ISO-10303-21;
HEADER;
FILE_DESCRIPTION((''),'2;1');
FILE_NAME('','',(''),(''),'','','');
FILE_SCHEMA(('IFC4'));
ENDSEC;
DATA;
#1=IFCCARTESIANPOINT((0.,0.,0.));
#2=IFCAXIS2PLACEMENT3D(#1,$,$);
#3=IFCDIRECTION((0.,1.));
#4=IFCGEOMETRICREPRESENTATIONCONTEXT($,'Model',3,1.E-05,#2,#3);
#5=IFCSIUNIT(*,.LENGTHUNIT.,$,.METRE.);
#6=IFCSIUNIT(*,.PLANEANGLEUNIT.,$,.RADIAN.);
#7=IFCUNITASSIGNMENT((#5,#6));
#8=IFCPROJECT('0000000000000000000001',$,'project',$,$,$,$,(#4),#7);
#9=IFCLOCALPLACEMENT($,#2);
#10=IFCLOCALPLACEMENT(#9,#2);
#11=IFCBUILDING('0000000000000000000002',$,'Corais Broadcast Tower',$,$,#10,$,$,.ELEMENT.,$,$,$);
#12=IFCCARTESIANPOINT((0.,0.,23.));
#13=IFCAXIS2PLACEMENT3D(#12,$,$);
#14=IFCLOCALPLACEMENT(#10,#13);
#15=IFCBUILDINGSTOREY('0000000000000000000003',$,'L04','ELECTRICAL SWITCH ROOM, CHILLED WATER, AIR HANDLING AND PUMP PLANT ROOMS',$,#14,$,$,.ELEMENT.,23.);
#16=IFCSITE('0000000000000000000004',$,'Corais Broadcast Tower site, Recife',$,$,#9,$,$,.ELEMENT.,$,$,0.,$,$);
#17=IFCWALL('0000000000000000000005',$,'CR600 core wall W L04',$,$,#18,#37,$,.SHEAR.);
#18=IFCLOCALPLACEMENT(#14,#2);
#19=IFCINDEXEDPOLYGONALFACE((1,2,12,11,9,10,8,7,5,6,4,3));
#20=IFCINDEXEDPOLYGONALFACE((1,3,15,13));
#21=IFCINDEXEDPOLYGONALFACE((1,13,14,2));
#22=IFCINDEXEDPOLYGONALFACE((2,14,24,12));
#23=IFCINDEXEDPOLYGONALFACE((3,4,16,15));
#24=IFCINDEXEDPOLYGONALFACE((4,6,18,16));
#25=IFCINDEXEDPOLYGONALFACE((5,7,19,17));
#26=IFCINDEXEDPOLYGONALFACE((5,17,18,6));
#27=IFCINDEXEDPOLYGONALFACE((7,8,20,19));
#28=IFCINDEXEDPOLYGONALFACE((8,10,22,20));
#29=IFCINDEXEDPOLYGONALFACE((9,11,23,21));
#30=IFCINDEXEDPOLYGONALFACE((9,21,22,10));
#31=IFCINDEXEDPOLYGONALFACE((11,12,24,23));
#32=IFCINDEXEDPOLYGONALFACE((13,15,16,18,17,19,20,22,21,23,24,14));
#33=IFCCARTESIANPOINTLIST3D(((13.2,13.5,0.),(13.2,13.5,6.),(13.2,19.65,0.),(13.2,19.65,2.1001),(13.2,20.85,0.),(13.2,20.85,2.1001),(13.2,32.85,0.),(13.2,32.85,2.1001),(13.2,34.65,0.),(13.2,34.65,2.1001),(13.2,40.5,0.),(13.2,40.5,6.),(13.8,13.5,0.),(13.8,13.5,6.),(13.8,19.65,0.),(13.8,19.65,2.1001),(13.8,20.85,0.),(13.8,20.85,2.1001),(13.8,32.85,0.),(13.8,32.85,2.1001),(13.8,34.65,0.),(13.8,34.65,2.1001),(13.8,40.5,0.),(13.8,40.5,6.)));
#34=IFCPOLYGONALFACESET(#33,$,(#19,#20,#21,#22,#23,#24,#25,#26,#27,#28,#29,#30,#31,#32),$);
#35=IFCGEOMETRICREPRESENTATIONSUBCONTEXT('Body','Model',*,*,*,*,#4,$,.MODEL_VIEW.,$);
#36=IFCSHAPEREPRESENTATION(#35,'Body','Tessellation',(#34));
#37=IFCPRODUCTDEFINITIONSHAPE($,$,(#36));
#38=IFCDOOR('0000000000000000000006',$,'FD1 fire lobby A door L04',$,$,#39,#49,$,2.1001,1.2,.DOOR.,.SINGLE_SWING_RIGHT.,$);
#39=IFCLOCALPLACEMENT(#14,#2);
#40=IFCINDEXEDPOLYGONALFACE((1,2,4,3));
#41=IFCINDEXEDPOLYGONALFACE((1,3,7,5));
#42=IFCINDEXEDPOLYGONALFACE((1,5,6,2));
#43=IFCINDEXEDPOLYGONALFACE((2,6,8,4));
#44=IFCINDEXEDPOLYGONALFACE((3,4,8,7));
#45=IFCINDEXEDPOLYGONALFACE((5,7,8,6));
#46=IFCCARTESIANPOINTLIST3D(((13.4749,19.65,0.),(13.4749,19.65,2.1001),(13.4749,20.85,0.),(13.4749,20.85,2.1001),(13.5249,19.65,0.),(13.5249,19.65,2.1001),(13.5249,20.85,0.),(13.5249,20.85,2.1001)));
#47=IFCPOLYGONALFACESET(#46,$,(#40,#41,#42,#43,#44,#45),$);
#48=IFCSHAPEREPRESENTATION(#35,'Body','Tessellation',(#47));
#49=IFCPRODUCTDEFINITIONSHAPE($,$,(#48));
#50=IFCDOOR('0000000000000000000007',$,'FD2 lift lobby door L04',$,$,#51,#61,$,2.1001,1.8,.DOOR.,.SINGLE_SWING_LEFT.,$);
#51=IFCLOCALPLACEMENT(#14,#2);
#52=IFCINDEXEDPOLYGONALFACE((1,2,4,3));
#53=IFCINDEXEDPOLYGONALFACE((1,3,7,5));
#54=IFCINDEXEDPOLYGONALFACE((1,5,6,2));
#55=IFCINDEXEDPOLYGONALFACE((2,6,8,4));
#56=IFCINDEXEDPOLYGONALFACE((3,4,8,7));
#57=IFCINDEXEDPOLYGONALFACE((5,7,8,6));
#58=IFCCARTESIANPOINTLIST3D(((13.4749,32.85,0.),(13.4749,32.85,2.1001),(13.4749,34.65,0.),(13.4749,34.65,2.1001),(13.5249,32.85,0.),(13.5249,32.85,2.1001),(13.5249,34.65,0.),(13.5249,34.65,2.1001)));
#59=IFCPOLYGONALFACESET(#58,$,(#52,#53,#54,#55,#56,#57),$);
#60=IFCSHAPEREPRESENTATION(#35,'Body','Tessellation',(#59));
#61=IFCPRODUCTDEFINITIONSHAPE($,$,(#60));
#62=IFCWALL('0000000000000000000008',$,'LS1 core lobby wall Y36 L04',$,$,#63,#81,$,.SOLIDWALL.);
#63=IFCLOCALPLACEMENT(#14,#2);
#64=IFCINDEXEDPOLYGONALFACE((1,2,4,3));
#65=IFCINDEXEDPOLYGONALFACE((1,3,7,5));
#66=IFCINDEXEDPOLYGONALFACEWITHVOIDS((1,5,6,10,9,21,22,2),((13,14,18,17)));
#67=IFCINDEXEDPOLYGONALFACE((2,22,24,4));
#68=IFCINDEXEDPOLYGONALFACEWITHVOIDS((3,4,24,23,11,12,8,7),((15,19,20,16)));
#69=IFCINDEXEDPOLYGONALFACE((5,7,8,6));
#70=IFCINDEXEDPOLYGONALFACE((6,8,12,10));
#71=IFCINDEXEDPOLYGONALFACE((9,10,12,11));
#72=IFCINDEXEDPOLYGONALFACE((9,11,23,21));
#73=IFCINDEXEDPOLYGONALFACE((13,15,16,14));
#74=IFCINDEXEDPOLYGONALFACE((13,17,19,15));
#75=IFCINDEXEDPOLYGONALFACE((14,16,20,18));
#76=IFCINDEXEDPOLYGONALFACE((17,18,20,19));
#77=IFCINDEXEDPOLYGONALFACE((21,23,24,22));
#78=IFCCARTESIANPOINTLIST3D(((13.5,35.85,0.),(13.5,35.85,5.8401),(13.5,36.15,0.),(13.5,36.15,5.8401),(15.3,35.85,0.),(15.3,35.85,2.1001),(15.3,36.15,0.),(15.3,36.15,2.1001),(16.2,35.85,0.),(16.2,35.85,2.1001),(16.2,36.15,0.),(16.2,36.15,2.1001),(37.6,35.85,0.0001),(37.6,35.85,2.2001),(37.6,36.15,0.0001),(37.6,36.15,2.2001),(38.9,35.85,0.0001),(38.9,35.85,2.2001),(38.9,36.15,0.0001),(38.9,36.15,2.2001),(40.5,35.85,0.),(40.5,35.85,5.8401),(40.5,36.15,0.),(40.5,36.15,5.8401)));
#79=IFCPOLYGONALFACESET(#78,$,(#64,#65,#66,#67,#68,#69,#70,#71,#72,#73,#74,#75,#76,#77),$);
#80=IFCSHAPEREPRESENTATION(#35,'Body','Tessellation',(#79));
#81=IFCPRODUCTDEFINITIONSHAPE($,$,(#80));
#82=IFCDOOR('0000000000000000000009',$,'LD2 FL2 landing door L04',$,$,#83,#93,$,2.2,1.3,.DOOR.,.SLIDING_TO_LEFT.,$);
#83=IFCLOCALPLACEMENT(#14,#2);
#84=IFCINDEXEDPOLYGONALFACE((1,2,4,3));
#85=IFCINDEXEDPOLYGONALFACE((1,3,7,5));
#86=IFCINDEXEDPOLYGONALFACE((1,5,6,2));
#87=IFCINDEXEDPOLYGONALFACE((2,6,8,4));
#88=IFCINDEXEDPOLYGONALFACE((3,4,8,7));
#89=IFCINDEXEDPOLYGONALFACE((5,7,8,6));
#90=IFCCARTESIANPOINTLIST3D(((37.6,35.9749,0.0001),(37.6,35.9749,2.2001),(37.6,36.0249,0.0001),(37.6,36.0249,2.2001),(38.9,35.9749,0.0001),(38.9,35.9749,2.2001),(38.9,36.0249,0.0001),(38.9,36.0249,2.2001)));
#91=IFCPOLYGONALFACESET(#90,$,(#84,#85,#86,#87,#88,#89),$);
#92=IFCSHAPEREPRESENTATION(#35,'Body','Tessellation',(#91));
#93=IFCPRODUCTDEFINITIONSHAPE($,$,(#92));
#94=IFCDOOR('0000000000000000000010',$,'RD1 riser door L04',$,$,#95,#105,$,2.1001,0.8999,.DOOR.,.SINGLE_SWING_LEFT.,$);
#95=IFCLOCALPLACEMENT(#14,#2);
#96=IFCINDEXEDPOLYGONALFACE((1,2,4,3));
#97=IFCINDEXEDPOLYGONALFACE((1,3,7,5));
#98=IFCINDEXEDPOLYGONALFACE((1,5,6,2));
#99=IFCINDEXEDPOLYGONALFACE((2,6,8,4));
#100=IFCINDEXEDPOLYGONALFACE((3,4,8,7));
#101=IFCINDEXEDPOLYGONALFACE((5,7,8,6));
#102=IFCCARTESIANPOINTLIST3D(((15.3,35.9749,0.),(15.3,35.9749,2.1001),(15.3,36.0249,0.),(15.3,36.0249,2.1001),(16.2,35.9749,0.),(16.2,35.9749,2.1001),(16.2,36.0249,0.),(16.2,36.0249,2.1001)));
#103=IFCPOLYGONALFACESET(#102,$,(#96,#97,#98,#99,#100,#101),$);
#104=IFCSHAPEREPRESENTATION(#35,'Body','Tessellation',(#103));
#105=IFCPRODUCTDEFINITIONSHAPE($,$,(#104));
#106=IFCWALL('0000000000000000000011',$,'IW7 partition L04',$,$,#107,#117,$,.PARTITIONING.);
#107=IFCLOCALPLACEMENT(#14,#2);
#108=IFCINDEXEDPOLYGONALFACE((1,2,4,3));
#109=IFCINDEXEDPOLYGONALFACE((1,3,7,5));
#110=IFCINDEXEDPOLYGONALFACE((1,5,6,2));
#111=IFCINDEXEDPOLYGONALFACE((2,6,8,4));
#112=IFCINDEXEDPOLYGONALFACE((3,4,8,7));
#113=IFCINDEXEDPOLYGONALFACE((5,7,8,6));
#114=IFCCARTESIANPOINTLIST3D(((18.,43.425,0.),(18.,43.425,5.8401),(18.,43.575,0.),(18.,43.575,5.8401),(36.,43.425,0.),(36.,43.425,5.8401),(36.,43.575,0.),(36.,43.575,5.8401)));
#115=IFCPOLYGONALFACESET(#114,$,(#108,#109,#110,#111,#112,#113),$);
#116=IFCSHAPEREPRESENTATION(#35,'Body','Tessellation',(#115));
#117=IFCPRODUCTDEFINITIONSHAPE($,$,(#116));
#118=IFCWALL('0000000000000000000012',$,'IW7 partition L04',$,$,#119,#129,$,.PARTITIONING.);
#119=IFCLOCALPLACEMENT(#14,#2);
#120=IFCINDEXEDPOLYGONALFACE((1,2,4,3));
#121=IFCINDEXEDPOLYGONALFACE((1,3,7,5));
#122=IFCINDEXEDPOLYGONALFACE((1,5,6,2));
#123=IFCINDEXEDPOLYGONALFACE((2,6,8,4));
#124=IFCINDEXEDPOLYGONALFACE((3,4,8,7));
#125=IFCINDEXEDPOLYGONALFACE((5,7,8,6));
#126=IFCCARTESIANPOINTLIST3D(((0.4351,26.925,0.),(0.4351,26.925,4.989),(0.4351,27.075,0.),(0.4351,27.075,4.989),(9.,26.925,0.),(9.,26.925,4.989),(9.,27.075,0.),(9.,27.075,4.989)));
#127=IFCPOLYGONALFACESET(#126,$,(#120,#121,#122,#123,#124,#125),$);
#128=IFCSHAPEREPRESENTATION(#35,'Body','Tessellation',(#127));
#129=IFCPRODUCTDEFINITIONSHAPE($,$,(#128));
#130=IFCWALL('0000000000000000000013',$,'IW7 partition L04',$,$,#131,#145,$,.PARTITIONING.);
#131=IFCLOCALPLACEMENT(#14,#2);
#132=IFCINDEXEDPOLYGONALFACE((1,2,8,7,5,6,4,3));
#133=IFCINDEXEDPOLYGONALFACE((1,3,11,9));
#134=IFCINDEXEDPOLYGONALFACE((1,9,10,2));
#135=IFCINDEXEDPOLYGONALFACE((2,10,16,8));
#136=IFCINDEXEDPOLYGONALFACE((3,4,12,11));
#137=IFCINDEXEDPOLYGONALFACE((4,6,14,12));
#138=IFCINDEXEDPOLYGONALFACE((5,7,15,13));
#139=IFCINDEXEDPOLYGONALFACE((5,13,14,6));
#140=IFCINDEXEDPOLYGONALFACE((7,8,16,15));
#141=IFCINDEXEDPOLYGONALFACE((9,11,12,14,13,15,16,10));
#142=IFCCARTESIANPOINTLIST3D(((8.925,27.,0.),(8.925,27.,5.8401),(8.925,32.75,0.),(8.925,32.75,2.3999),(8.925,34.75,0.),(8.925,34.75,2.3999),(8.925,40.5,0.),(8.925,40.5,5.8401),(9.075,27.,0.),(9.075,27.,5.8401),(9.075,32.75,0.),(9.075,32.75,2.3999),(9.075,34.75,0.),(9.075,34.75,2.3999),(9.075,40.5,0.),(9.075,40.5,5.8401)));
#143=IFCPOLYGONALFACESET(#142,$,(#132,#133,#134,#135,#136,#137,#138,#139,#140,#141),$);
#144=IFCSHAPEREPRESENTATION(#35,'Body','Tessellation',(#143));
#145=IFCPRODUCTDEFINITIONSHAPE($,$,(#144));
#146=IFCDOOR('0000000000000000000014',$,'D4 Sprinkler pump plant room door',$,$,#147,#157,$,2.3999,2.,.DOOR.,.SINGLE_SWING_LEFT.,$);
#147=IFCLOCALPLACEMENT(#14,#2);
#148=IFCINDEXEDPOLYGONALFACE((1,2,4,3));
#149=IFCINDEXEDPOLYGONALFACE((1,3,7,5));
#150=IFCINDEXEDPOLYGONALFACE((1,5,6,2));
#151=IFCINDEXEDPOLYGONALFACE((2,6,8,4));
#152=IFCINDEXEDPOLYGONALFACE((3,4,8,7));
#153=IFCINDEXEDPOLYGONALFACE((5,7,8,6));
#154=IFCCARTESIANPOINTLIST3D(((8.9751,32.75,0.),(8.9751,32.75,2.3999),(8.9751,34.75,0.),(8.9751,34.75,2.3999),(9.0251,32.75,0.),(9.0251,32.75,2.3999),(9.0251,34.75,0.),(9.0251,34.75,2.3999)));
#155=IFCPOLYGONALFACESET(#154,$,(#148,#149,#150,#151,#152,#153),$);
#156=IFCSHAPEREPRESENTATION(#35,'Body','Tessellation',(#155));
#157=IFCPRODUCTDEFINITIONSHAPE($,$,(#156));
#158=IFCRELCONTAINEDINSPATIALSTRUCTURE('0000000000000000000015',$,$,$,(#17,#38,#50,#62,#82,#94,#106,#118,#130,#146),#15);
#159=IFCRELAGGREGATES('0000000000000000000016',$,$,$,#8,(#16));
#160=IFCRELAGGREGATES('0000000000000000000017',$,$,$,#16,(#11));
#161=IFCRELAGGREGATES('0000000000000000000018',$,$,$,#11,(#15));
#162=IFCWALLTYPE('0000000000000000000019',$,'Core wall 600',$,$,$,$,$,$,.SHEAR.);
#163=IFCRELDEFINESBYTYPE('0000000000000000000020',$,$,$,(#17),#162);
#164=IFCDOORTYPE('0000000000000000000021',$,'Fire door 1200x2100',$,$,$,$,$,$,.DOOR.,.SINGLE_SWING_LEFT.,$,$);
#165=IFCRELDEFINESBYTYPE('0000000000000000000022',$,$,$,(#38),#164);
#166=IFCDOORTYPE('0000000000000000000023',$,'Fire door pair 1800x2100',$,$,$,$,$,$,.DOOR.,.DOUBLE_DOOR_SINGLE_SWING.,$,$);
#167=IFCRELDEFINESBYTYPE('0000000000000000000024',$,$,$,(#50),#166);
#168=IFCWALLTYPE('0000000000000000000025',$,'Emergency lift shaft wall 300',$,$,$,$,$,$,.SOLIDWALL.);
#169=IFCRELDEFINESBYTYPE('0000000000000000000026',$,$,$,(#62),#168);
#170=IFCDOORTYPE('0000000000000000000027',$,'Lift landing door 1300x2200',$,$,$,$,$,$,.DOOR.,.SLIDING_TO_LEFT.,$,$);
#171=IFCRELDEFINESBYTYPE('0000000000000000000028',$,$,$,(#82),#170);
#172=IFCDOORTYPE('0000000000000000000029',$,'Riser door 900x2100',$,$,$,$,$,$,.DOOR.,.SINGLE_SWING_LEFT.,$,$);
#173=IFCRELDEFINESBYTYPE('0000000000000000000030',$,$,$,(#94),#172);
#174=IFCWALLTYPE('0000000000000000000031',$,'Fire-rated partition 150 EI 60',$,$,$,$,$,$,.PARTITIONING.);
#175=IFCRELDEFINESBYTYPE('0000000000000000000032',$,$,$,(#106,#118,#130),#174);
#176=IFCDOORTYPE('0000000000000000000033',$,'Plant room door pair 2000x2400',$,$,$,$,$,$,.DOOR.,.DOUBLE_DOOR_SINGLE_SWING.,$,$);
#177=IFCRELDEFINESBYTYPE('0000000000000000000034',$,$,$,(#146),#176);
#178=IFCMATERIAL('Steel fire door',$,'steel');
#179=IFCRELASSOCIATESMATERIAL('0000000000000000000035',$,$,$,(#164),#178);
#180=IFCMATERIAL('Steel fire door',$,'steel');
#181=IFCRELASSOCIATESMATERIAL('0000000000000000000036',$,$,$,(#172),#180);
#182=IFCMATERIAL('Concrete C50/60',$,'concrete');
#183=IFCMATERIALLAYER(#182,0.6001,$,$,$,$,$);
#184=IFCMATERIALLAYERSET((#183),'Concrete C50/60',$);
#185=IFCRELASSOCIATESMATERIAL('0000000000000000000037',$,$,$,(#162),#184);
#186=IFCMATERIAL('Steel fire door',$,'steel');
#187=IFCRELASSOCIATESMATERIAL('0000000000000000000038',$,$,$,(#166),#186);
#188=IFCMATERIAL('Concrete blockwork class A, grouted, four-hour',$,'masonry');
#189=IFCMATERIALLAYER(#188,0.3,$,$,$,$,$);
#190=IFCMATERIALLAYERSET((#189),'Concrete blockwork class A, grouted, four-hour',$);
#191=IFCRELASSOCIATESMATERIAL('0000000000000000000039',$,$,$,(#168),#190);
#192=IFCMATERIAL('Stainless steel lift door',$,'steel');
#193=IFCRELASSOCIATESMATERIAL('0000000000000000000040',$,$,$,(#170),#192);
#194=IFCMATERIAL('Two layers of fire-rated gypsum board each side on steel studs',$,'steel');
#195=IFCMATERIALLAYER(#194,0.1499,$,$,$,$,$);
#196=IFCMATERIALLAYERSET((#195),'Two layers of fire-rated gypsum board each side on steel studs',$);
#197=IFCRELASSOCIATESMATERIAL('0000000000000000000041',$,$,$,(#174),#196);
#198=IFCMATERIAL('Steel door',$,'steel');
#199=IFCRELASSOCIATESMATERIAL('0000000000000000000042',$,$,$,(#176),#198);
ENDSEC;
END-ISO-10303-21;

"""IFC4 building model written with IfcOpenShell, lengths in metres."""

from ifc_helpers import new_model, si_unit, direction, frame, frame_2d, origin, place, context, subcontext, project, spatial, rectangle, extrude, material, layer, layer_set, type_object, element, fill, save


model = new_model("IFC4")

# Units and contexts
model_context = context("Model", 3, precision=1e-05, world=origin(), true_north=direction((0.0, 1.0)))
body_context = subcontext(model_context, "Body", "Model", "MODEL_VIEW")
ifc_project = project(units=[si_unit("LENGTHUNIT", "METRE"), si_unit("PLANEANGLEUNIT", "RADIAN")], contexts=[model_context])

# Site, building, storey
site_placement = place(None, origin())
site = spatial("IfcSite", under=ifc_project, at=site_placement, Name="Corais Broadcast Tower site, Recife", CompositionType="ELEMENT", RefElevation=0.0)
building_placement = place(site_placement, origin())
building = spatial("IfcBuilding", under=site, at=building_placement, Name="Corais Broadcast Tower", CompositionType="ELEMENT")
storey_placement = place(building_placement, frame((0.0, 0.0, 23.0)))
storey = spatial("IfcBuildingStorey", under=building, at=storey_placement, Name="L04", Description="ELECTRICAL SWITCH ROOM, CHILLED WATER, AIR HANDLING AND PUMP PLANT ROOMS", CompositionType="ELEMENT", Elevation=23.0)

# Walls, openings, doors
ifc_material_1 = material(Name="Steel fire door", Category="steel")
door_type_1 = type_object("IfcDoorType", Name="Fire door 1200x2100", OperationType="SINGLE_SWING_LEFT", PredefinedType="DOOR", material=ifc_material_1)
ifc_material_2 = material(Name="Steel fire door", Category="steel")
door_type_2 = type_object("IfcDoorType", Name="Riser door 900x2100", OperationType="SINGLE_SWING_LEFT", PredefinedType="DOOR", material=ifc_material_2)
ifc_material_3 = material(Name="Concrete C50/60", Category="concrete")
ifc_layer_1 = layer(ifc_material_3, 0.6001)
ifc_layer_set_1 = layer_set([ifc_layer_1], Name="Concrete C50/60")
wall_type_1 = type_object("IfcWallType", Name="Core wall 600", PredefinedType="SHEAR", material=ifc_layer_set_1)
wall_1_placement = place(storey_placement, frame((13.5, 40.5, 0.0), z_axis=(0.0, 0.0, 1.0), x_axis=(0.0, -1.0, 0.0)))
wall_1 = element("IfcWall", 1, at=wall_1_placement, inside=storey, type_object=wall_type_1, Name="CR600 core wall W L04", PredefinedType="SHEAR", context=body_context, shape_type="SweptSolid", body=[
    extrude(rectangle(XDim=27.0, YDim=0.6001, at=frame_2d((13.5, 0.0))), origin(), (0.0, 0.0, 1.0), 6.0),
])
opening_1_placement = place(wall_1_placement, frame((19.6499, 0.0, 0.0)))
opening_1 = element("IfcOpeningElement", 2, at=opening_1_placement, cuts=wall_1, PredefinedType="OPENING", context=body_context, shape_type="SweptSolid", body=[
    extrude(rectangle(XDim=1.2, YDim=2.1001, at=frame_2d((0.6001, 1.05))), frame((0.0, 0.3101, 0.0), z_axis=(0.0, -1.0, 0.0), x_axis=(1.0, 0.0, 0.0)), (0.0, 0.0, 1.0), 0.6201),
])
opening_2_placement = place(wall_1_placement, frame((5.8501, 0.0, 0.0)))
opening_2 = element("IfcOpeningElement", 3, at=opening_2_placement, cuts=wall_1, PredefinedType="OPENING", context=body_context, shape_type="SweptSolid", body=[
    extrude(rectangle(XDim=1.8, YDim=2.1001, at=frame_2d((0.8999, 1.05))), frame((0.0, 0.3101, 0.0), z_axis=(0.0, -1.0, 0.0), x_axis=(1.0, 0.0, 0.0)), (0.0, 0.0, 1.0), 0.6201),
])
door_1_placement = place(opening_1_placement, origin())
door_1 = element("IfcDoor", 4, at=door_1_placement, inside=storey, type_object=door_type_1, Name="FD1 fire lobby A door L04", OperationType="SINGLE_SWING_RIGHT", OverallHeight=2.1001, OverallWidth=1.2, PredefinedType="DOOR", context=body_context, shape_type="SweptSolid", body=[
    extrude(rectangle(XDim=1.2, YDim=2.1001, at=frame_2d((0.6001, 1.05))), frame((0.0, 0.0249, 0.0), z_axis=(0.0, -1.0, 0.0), x_axis=(1.0, 0.0, 0.0)), (0.0, 0.0, 1.0), 0.05),
])
fill(opening_1, door_1)
ifc_material_4 = material(Name="Steel fire door", Category="steel")
door_type_3 = type_object("IfcDoorType", Name="Fire door pair 1800x2100", OperationType="DOUBLE_DOOR_SINGLE_SWING", PredefinedType="DOOR", material=ifc_material_4)
door_2_placement = place(opening_2_placement, origin())
door_2 = element("IfcDoor", 5, at=door_2_placement, inside=storey, type_object=door_type_3, Name="FD2 lift lobby door L04", OperationType="SINGLE_SWING_LEFT", OverallHeight=2.1001, OverallWidth=1.8, PredefinedType="DOOR", context=body_context, shape_type="SweptSolid", body=[
    extrude(rectangle(XDim=1.8, YDim=2.1001, at=frame_2d((0.8999, 1.05))), frame((0.0, 0.0249, 0.0), z_axis=(0.0, -1.0, 0.0), x_axis=(1.0, 0.0, 0.0)), (0.0, 0.0, 1.0), 0.05),
])
fill(opening_2, door_2)
ifc_material_5 = material(Name="Concrete blockwork class A, grouted, four-hour", Category="masonry")
ifc_layer_2 = layer(ifc_material_5, 0.3)
ifc_layer_set_2 = layer_set([ifc_layer_2], Name="Concrete blockwork class A, grouted, four-hour")
wall_type_2 = type_object("IfcWallType", Name="Emergency lift shaft wall 300", PredefinedType="SOLIDWALL", material=ifc_layer_set_2)
wall_2_placement = place(storey_placement, frame((13.5, 36.0, 0.0), z_axis=(0.0, 0.0, 1.0), x_axis=(1.0, 0.0, 0.0)))
wall_2 = element("IfcWall", 6, at=wall_2_placement, inside=storey, type_object=wall_type_2, Name="LS1 core lobby wall Y36 L04", PredefinedType="SOLIDWALL", context=body_context, shape_type="SweptSolid", body=[
    extrude(rectangle(XDim=27.0, YDim=0.3, at=frame_2d((13.5, 0.0))), origin(), (0.0, 0.0, 1.0), 5.8401),
])
opening_3_placement = place(wall_2_placement, frame((1.8, 0.0, 0.0)))
opening_3 = element("IfcOpeningElement", 7, at=opening_3_placement, cuts=wall_2, PredefinedType="OPENING", context=body_context, shape_type="SweptSolid", body=[
    extrude(rectangle(XDim=0.8999, YDim=2.1001, at=frame_2d((0.45, 1.05))), frame((0.0, 0.1599, 0.0), z_axis=(0.0, -1.0, 0.0), x_axis=(1.0, 0.0, 0.0)), (0.0, 0.0, 1.0), 0.3201),
])
opening_4_placement = place(wall_2_placement, frame((24.1001, 0.0, 0.0)))
opening_4 = element("IfcOpeningElement", 8, at=opening_4_placement, cuts=wall_2, PredefinedType="OPENING", context=body_context, shape_type="SweptSolid", body=[
    extrude(rectangle(XDim=1.3, YDim=2.2, at=frame_2d((0.6499, 1.1001))), frame((0.0, 0.1599, 0.0), z_axis=(0.0, -1.0, 0.0), x_axis=(1.0, 0.0, 0.0)), (0.0, 0.0, 1.0), 0.3201),
])
ifc_material_6 = material(Name="Stainless steel lift door", Category="steel")
door_type_4 = type_object("IfcDoorType", Name="Lift landing door 1300x2200", OperationType="SLIDING_TO_LEFT", PredefinedType="DOOR", material=ifc_material_6)
door_3_placement = place(opening_4_placement, origin())
door_3 = element("IfcDoor", 9, at=door_3_placement, inside=storey, type_object=door_type_4, Name="LD2 FL2 landing door L04", OperationType="SLIDING_TO_LEFT", OverallHeight=2.2, OverallWidth=1.3, PredefinedType="DOOR", context=body_context, shape_type="SweptSolid", body=[
    extrude(rectangle(XDim=1.3, YDim=2.2, at=frame_2d((0.6499, 1.1001))), frame((0.0, 0.0249, 0.0), z_axis=(0.0, -1.0, 0.0), x_axis=(1.0, 0.0, 0.0)), (0.0, 0.0, 1.0), 0.05),
])
fill(opening_4, door_3)
door_4_placement = place(opening_3_placement, origin())
door_4 = element("IfcDoor", 10, at=door_4_placement, inside=storey, type_object=door_type_2, Name="RD1 riser door L04", OperationType="SINGLE_SWING_LEFT", OverallHeight=2.1001, OverallWidth=0.8999, PredefinedType="DOOR", context=body_context, shape_type="SweptSolid", body=[
    extrude(rectangle(XDim=0.8999, YDim=2.1001, at=frame_2d((0.45, 1.05))), frame((0.0, 0.0249, 0.0), z_axis=(0.0, -1.0, 0.0), x_axis=(1.0, 0.0, 0.0)), (0.0, 0.0, 1.0), 0.05),
])
fill(opening_3, door_4)

# Walls
ifc_material_7 = material(Name="Two layers of fire-rated gypsum board each side on steel studs", Category="steel")
ifc_layer_3 = layer(ifc_material_7, 0.1499)
ifc_layer_set_3 = layer_set([ifc_layer_3], Name="Two layers of fire-rated gypsum board each side on steel studs")
wall_type_3 = type_object("IfcWallType", Name="Fire-rated partition 150 EI 60", PredefinedType="PARTITIONING", material=ifc_layer_set_3)
wall_3_placement = place(storey_placement, frame((18.0, 43.5, 0.0), z_axis=(0.0, 0.0, 1.0), x_axis=(1.0, 0.0, 0.0)))
element("IfcWall", 11, at=wall_3_placement, inside=storey, type_object=wall_type_3, Name="IW7 partition L04", PredefinedType="PARTITIONING", context=body_context, shape_type="SweptSolid", body=[
    extrude(rectangle(XDim=18.0, YDim=0.1499, at=frame_2d((9.0, 0.0))), origin(), (0.0, 0.0, 1.0), 5.8401),
])
wall_4_placement = place(storey_placement, frame((9.0, 27.0, 0.0), z_axis=(0.0, 0.0, 1.0), x_axis=(-1.0, 0.0, 0.0)))
element("IfcWall", 12, at=wall_4_placement, inside=storey, type_object=wall_type_3, Name="IW7 partition L04", PredefinedType="PARTITIONING", context=body_context, shape_type="SweptSolid", body=[
    extrude(rectangle(XDim=8.5649, YDim=0.1499, at=frame_2d((4.2825, 0.0))), origin(), (0.0, 0.0, 1.0), 4.989),
])

# Wall, opening, door
wall_5_placement = place(storey_placement, frame((9.0, 27.0, 0.0), z_axis=(0.0, 0.0, 1.0), x_axis=(0.0, 1.0, 0.0)))
wall_5 = element("IfcWall", 13, at=wall_5_placement, inside=storey, type_object=wall_type_3, Name="IW7 partition L04", PredefinedType="PARTITIONING", context=body_context, shape_type="SweptSolid", body=[
    extrude(rectangle(XDim=13.5, YDim=0.1499, at=frame_2d((6.75, 0.0))), origin(), (0.0, 0.0, 1.0), 5.8401),
])
opening_5_placement = place(wall_5_placement, frame((5.75, 0.0, 0.0)))
opening_5 = element("IfcOpeningElement", 14, at=opening_5_placement, cuts=wall_5, PredefinedType="OPENING", context=body_context, shape_type="SweptSolid", body=[
    extrude(rectangle(XDim=2.0, YDim=2.3999, at=frame_2d((1.0, 1.2))), frame((0.0, 0.085, 0.0), z_axis=(0.0, -1.0, 0.0), x_axis=(1.0, 0.0, 0.0)), (0.0, 0.0, 1.0), 0.1699),
])
ifc_material_8 = material(Name="Steel door", Category="steel")
door_type_5 = type_object("IfcDoorType", Name="Plant room door pair 2000x2400", OperationType="DOUBLE_DOOR_SINGLE_SWING", PredefinedType="DOOR", material=ifc_material_8)
door_5_placement = place(opening_5_placement, origin())
door_5 = element("IfcDoor", 15, at=door_5_placement, inside=storey, type_object=door_type_5, Name="D4 Sprinkler pump plant room door", OperationType="SINGLE_SWING_LEFT", OverallHeight=2.3999, OverallWidth=2.0, PredefinedType="DOOR", context=body_context, shape_type="SweptSolid", body=[
    extrude(rectangle(XDim=2.0, YDim=2.3999, at=frame_2d((1.0, 1.2))), frame((0.0, 0.0249, 0.0), z_axis=(0.0, -1.0, 0.0), x_axis=(1.0, 0.0, 0.0)), (0.0, 0.0, 1.0), 0.05),
])
fill(opening_5, door_5)

save(model, "model.ifc")
